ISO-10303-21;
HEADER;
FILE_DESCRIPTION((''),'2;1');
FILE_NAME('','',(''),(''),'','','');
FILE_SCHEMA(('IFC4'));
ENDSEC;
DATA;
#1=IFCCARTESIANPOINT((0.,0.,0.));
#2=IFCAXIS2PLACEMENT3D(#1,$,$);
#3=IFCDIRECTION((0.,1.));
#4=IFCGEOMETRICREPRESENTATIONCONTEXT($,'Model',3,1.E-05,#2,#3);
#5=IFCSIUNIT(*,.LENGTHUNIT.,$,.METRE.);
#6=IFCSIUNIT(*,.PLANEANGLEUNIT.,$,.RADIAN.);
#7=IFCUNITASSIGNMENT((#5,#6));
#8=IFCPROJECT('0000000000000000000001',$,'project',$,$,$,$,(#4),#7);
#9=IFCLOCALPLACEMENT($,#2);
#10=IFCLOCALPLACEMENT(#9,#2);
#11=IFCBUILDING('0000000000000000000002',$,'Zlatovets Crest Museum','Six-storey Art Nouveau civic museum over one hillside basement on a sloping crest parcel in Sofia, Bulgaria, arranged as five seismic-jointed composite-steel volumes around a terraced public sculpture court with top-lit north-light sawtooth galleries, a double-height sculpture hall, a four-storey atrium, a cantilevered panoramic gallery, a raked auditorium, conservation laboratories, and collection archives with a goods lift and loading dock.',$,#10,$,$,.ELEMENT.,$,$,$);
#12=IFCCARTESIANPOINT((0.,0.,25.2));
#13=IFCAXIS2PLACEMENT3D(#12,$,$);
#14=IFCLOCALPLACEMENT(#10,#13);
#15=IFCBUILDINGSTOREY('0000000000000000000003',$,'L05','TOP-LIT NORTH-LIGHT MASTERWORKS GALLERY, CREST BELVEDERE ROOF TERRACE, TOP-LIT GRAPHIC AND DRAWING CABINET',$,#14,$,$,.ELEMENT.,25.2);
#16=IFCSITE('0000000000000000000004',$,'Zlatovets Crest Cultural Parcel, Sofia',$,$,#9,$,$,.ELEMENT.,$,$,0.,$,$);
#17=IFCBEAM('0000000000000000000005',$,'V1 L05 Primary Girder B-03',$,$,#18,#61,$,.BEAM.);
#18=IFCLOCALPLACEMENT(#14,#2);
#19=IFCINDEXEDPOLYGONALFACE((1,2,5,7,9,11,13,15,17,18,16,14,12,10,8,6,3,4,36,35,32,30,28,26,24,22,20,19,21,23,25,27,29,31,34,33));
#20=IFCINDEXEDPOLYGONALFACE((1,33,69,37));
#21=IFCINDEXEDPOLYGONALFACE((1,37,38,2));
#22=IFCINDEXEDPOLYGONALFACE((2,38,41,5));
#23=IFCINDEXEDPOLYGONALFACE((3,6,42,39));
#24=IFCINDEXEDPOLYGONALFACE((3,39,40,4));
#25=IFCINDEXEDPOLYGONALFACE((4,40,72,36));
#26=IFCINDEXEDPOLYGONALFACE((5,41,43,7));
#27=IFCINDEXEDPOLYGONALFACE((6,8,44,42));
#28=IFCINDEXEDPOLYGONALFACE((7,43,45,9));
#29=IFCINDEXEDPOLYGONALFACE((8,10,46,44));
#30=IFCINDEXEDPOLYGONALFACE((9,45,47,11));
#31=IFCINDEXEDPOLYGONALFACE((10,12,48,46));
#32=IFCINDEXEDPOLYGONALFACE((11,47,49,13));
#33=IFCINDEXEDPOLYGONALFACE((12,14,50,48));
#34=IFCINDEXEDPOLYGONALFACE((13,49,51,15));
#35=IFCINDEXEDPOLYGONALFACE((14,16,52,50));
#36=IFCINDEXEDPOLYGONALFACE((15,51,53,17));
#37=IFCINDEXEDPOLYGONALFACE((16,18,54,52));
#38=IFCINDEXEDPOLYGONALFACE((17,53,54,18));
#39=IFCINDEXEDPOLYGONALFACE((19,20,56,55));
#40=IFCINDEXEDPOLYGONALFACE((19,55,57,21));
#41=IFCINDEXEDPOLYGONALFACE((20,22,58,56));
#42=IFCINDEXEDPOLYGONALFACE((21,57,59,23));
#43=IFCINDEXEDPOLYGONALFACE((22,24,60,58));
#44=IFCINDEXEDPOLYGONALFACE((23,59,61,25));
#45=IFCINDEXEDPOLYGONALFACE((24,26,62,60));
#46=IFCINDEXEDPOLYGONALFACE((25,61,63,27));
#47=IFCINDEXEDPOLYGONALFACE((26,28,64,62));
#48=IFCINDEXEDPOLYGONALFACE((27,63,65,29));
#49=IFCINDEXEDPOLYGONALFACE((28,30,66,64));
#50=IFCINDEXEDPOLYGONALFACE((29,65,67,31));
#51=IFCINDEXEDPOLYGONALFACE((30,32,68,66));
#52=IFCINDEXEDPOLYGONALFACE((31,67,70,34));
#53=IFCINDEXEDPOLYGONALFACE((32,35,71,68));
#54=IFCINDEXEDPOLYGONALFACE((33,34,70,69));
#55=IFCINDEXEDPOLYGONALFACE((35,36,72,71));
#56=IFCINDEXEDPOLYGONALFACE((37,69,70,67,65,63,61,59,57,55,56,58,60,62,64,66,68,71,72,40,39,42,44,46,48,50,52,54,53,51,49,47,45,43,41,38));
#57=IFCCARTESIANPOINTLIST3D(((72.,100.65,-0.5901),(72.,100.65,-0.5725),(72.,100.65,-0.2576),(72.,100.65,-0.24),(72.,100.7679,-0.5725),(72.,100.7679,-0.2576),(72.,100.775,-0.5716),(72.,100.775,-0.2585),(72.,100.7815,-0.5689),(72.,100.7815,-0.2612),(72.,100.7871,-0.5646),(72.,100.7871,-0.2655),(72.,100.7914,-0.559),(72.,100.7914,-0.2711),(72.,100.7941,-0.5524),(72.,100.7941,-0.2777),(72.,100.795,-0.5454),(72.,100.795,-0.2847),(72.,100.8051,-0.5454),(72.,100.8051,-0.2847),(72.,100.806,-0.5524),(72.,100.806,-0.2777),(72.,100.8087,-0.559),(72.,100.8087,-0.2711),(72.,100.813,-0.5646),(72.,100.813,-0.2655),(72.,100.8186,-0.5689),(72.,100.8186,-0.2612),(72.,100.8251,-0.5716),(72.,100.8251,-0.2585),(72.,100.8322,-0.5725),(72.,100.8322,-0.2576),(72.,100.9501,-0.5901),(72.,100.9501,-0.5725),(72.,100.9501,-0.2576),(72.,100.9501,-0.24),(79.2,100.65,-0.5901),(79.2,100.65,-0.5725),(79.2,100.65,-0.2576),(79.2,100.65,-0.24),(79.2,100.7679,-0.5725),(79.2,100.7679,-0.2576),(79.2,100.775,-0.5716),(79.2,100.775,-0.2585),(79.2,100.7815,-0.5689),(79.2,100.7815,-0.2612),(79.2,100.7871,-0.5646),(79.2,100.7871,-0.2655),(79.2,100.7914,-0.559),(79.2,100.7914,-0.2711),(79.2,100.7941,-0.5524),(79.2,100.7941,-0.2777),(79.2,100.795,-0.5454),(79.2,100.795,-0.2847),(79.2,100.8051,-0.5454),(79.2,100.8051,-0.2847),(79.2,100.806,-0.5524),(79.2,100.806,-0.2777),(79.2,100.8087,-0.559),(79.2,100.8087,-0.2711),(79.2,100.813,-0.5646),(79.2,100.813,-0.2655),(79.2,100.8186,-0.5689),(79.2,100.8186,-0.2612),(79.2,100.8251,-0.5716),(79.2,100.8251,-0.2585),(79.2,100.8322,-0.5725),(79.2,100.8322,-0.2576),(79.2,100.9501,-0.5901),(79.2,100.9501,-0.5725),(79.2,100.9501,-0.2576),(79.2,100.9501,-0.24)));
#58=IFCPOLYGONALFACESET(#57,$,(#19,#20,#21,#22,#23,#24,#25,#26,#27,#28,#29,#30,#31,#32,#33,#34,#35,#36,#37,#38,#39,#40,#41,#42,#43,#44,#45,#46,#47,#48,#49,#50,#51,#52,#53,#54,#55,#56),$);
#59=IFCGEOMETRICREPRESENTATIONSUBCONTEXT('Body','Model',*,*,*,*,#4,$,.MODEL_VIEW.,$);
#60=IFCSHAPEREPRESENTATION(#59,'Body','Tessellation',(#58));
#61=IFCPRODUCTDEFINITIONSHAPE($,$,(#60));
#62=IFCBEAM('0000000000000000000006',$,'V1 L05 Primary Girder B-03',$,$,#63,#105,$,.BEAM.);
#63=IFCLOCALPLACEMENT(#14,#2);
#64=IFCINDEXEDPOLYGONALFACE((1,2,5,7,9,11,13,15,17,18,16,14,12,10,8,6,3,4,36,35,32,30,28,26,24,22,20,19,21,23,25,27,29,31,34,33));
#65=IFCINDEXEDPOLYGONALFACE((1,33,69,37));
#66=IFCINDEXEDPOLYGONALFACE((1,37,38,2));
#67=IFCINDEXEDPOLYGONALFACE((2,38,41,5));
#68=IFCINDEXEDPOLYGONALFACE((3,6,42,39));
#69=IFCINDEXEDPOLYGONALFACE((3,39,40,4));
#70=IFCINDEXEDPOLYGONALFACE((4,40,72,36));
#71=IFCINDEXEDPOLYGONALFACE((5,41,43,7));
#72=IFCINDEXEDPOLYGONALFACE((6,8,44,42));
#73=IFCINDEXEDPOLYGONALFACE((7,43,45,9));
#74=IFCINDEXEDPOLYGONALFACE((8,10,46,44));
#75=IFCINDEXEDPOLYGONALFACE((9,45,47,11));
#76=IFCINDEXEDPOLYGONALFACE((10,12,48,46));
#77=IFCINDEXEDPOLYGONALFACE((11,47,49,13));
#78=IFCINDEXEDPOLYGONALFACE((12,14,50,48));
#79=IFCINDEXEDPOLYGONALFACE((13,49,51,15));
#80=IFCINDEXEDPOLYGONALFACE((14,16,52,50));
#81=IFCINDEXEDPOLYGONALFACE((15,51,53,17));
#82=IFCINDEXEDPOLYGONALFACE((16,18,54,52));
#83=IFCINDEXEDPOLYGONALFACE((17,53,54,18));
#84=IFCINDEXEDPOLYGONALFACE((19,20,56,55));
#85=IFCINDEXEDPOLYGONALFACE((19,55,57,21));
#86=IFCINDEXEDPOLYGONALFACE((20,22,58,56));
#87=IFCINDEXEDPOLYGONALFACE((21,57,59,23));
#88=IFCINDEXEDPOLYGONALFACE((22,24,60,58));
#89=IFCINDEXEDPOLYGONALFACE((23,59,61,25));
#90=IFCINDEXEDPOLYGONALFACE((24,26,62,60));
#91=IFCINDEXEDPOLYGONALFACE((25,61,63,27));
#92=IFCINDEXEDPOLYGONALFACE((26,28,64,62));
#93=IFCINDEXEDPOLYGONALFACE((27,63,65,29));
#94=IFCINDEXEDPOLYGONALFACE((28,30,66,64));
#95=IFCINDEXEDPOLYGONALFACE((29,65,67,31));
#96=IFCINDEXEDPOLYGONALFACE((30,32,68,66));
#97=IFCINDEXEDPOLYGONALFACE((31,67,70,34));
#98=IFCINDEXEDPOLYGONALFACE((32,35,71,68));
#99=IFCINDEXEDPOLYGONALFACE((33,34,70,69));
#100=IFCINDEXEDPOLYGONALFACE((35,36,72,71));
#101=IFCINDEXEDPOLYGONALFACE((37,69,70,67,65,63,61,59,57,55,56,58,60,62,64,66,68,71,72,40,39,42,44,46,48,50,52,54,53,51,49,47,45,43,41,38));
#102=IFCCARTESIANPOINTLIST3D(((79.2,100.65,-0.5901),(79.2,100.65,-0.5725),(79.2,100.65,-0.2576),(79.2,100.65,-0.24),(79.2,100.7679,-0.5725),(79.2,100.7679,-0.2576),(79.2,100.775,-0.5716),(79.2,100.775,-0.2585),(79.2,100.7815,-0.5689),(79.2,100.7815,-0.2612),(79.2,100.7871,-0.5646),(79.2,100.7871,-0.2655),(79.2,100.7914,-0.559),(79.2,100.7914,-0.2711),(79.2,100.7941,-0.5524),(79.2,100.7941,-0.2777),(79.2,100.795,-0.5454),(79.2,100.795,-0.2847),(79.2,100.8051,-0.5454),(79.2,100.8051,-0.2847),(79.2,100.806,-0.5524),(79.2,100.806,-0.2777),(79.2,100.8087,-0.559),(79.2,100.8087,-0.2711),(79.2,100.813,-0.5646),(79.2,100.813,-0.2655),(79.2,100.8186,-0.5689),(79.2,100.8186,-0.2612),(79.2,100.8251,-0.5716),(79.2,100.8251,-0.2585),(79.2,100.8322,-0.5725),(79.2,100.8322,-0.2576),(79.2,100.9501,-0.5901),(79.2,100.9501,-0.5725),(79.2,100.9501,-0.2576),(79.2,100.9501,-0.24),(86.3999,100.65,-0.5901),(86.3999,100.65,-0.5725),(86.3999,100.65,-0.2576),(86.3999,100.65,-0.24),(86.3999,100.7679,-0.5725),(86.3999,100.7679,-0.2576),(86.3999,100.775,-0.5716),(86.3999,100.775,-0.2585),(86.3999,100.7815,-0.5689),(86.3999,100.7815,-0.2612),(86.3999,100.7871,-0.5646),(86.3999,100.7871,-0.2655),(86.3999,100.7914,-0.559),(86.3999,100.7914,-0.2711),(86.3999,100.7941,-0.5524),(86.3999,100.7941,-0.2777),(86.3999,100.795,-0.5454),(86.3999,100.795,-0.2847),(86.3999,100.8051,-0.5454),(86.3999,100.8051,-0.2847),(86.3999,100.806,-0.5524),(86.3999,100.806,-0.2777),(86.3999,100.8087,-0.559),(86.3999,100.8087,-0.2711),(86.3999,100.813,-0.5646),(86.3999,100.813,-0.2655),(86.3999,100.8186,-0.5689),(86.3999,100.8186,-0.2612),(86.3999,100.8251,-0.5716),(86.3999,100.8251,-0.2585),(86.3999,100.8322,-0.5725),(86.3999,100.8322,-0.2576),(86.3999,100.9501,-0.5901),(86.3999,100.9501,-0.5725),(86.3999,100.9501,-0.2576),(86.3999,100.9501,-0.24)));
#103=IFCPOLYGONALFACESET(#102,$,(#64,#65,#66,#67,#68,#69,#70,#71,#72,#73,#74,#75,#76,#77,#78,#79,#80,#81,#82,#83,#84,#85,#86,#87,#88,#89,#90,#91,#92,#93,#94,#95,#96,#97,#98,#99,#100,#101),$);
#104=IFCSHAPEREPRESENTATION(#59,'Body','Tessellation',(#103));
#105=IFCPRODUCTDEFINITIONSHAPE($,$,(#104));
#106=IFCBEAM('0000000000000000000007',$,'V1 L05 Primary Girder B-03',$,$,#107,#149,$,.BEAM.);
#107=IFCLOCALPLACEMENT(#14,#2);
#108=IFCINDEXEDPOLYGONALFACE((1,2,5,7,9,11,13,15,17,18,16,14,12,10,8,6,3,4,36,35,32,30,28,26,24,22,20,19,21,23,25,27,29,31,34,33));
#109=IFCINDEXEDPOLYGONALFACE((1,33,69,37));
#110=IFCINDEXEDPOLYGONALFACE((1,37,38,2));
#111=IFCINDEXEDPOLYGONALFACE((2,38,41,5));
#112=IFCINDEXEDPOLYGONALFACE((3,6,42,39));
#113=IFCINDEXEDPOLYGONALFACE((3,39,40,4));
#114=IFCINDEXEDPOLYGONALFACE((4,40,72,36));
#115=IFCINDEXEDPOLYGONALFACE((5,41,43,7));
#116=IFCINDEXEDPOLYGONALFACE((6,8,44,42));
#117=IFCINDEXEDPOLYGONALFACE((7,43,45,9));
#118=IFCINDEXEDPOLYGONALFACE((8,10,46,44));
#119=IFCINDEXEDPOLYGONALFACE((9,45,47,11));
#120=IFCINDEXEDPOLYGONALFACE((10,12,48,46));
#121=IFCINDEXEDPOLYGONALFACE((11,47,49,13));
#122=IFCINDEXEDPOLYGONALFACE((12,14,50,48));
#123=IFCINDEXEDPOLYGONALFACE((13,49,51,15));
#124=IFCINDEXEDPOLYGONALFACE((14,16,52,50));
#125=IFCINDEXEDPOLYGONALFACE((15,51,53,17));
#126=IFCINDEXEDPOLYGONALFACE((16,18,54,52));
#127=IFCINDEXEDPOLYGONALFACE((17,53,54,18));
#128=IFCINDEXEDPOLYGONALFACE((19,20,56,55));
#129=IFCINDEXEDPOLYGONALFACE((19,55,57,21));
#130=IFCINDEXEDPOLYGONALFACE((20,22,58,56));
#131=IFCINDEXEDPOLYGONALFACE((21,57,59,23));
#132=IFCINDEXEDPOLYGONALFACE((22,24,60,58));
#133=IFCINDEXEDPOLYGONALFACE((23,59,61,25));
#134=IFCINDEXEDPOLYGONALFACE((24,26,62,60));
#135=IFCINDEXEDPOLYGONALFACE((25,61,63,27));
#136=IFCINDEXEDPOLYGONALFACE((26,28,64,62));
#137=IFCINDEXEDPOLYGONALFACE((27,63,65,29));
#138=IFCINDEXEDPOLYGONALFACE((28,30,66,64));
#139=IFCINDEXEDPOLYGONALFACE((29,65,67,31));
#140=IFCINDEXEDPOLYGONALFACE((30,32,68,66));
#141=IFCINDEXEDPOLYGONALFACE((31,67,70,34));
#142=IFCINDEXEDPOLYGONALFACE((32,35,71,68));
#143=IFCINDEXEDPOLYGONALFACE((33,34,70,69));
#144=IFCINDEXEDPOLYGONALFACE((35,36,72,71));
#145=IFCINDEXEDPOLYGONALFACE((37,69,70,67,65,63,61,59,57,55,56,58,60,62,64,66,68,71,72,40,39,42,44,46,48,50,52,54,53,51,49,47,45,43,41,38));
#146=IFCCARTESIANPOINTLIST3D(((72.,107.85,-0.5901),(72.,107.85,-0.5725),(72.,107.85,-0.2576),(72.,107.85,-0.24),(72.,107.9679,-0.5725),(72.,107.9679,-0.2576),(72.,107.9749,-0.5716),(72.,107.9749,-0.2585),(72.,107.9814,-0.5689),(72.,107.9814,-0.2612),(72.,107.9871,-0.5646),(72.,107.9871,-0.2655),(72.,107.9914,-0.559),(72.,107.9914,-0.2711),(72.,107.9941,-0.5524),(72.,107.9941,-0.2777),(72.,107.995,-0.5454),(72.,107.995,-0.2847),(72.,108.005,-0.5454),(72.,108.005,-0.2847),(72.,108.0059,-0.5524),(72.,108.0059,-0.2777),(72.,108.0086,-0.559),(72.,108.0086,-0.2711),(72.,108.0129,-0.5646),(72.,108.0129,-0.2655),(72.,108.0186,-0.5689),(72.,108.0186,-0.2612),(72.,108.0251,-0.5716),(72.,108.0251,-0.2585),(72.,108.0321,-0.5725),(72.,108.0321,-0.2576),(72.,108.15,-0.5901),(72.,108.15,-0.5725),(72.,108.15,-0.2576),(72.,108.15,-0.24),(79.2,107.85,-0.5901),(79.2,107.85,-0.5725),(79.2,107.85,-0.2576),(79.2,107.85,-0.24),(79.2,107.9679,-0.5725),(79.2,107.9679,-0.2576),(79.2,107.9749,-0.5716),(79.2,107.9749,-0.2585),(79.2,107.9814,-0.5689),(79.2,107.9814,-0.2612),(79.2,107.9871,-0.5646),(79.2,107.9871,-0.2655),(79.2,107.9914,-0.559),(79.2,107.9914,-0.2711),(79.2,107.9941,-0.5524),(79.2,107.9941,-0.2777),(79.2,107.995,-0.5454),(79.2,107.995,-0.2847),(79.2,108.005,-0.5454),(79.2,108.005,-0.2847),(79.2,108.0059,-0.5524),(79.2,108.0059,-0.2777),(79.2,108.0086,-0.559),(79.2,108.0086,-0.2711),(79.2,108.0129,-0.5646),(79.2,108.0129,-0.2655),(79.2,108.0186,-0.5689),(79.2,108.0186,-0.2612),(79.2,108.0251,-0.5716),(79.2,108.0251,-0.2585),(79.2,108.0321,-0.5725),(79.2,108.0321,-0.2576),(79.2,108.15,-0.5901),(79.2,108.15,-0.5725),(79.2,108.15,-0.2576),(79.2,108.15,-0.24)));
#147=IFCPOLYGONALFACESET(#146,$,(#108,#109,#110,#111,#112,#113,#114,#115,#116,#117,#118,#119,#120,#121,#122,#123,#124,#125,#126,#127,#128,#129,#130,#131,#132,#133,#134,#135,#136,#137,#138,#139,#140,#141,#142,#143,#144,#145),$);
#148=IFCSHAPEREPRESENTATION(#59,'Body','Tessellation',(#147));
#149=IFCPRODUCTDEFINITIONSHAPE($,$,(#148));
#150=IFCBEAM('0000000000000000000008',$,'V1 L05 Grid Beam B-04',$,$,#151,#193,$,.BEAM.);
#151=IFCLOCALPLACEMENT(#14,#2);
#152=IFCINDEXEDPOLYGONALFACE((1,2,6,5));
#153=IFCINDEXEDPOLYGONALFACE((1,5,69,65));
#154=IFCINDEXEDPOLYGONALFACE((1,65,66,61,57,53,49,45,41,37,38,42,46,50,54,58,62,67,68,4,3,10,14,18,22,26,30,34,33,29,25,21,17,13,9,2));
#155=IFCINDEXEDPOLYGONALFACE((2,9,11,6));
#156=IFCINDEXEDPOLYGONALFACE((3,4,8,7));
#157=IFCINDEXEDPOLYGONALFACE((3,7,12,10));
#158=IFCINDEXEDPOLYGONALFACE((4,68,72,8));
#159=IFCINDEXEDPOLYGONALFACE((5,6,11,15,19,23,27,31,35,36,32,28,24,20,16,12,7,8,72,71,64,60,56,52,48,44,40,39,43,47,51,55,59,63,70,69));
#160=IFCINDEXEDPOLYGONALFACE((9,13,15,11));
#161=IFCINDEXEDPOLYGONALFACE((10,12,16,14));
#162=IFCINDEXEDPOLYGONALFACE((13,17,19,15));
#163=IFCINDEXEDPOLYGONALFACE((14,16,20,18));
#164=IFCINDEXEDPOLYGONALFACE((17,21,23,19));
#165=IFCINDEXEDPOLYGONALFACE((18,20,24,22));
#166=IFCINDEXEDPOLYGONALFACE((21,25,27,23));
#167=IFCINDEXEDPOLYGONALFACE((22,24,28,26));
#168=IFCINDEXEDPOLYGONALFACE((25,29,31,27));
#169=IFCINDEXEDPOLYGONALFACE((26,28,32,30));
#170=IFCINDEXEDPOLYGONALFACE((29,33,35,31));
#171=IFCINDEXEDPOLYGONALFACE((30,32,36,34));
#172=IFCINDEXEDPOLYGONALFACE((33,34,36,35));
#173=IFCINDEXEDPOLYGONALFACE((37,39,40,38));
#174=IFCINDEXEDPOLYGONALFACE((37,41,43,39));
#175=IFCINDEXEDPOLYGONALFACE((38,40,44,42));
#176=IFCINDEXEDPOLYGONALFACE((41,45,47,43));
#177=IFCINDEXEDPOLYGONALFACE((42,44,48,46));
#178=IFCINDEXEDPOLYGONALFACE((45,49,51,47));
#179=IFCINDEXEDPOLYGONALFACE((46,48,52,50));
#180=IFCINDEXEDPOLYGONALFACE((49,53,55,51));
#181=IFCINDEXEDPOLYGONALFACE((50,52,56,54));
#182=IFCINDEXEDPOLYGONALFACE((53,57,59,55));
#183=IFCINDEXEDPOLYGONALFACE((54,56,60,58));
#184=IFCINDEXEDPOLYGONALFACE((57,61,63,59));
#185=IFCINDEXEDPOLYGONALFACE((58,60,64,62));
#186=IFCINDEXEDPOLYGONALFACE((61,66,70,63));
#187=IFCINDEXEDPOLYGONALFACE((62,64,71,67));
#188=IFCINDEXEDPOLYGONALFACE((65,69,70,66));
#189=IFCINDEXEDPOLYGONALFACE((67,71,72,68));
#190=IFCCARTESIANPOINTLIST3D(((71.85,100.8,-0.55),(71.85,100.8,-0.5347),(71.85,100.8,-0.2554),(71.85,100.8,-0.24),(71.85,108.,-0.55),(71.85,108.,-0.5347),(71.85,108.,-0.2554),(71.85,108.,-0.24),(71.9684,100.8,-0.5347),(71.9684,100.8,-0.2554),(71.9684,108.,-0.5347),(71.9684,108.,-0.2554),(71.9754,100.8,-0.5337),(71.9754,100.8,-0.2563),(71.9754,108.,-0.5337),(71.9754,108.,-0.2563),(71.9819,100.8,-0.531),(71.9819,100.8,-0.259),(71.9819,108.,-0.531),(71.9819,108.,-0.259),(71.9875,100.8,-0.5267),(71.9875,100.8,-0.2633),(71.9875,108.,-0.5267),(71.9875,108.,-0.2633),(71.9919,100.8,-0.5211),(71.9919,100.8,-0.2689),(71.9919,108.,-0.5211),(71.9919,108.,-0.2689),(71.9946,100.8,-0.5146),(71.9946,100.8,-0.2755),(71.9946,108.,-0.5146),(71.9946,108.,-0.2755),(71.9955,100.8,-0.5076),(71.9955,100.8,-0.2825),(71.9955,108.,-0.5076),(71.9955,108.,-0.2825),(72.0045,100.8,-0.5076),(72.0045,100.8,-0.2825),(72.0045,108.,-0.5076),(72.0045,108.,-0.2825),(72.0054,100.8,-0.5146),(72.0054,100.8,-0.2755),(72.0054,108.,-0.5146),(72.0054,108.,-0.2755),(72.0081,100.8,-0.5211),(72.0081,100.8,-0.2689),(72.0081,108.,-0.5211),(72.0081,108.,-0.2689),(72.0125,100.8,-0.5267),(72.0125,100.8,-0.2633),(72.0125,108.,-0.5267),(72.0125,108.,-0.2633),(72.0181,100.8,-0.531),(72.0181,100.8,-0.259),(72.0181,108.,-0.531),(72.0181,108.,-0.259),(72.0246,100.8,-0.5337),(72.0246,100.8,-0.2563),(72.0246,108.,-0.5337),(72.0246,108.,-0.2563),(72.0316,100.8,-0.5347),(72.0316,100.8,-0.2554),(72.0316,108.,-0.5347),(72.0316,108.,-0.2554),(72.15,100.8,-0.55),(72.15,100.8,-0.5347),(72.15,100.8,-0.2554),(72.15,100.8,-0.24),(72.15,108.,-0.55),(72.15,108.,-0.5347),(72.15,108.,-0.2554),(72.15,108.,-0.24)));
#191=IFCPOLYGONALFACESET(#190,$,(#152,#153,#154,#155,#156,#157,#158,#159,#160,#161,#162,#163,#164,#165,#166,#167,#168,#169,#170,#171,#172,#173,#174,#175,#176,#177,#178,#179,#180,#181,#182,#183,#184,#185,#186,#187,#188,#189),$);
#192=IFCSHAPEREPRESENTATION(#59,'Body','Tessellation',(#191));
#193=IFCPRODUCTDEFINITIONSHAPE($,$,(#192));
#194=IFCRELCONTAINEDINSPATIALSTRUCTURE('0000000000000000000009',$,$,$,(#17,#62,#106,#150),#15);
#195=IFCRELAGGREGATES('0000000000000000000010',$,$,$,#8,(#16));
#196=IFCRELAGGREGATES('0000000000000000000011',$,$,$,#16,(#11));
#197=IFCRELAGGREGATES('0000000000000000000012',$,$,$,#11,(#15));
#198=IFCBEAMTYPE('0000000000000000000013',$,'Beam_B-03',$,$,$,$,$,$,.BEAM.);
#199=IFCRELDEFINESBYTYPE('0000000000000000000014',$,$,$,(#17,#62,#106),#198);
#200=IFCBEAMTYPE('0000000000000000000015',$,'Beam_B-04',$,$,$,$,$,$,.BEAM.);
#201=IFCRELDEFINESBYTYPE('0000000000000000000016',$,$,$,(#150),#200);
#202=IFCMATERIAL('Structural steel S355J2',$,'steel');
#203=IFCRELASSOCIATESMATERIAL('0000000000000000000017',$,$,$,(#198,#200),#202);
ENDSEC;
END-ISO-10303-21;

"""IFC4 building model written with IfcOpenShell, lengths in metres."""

from ifc_helpers import new_model, si_unit, direction, frame, origin, origin_2d, place, context, subcontext, project, spatial, i_section, extrude, material, material_profile, profile_set, type_object, element, save


model = new_model("IFC4")

# Units and contexts
model_context = context("Model", 3, precision=1e-05, world=origin(), true_north=direction((0.0, 1.0)))
body_context = subcontext(model_context, "Body", "Model", "MODEL_VIEW")
ifc_project = project(units=[si_unit("LENGTHUNIT", "METRE"), si_unit("PLANEANGLEUNIT", "RADIAN")], contexts=[model_context])

# Site, building, storey
site_placement = place(None, origin())
site = spatial("IfcSite", under=ifc_project, at=site_placement, Name="Zlatovets Crest Cultural Parcel, Sofia", CompositionType="ELEMENT", RefElevation=0.0)
building_placement = place(site_placement, origin())
building = spatial("IfcBuilding", under=site, at=building_placement, Name="Zlatovets Crest Museum", Description="Six-storey Art Nouveau civic museum over one hillside basement on a sloping crest parcel in Sofia, Bulgaria, arranged as five seismic-jointed composite-steel volumes around a terraced public sculpture court with top-lit north-light sawtooth galleries, a double-height sculpture hall, a four-storey atrium, a cantilevered panoramic gallery, a raked auditorium, conservation laboratories, and collection archives with a goods lift and loading dock.", CompositionType="ELEMENT")
storey_placement = place(building_placement, frame((0.0, 0.0, 25.2)))
storey = spatial("IfcBuildingStorey", under=building, at=storey_placement, Name="L05", Description="TOP-LIT NORTH-LIGHT MASTERWORKS GALLERY, CREST BELVEDERE ROOF TERRACE, TOP-LIT GRAPHIC AND DRAWING CABINET", CompositionType="ELEMENT", Elevation=25.2)

# Beams
ifc_material_1 = material(Name="Structural steel S355J2", Category="steel")
ifc_material_profile_1 = material_profile(ifc_material_1, i_section(OverallWidth=0.3, OverallDepth=0.3501, WebThickness=0.01, FlangeThickness=0.0176, FilletRadius=0.0271, at=origin_2d()), Name="HEA 360")
ifc_profile_set_1 = profile_set([ifc_material_profile_1], Name="Structural steel S355J2")
beam_type_1 = type_object("IfcBeamType", Name="Beam_B-03", PredefinedType="BEAM", material=ifc_profile_set_1)
for number, where, z_axis, x_axis, name in (
    (1, (72.0, 100.8, -0.415), (1.0, 0.0, 0.0), (0.0, 1.0, 0.0), "V1 L05 Primary Girder B-03"),
    (2, (79.2, 100.8, -0.415), (1.0, 0.0, 0.0), (0.0, 1.0, 0.0), "V1 L05 Primary Girder B-03"),
    (3, (72.0, 108.0, -0.415), (1.0, 0.0, 0.0), (0.0, 1.0, 0.0), "V1 L05 Primary Girder B-03"),
):
    element("IfcBeam", number, at=place(storey_placement, frame(where, z_axis=z_axis, x_axis=x_axis)), inside=storey, type_object=beam_type_1, Name=name, PredefinedType="BEAM", context=body_context, shape_type="SweptSolid", body=[
        extrude(i_section(OverallWidth=0.3, OverallDepth=0.3501, WebThickness=0.01, FlangeThickness=0.0176, FilletRadius=0.0271, at=origin_2d()), origin(), (0.0, 0.0, 1.0), 7.2),
    ])
ifc_material_profile_2 = material_profile(ifc_material_1, i_section(OverallWidth=0.3, OverallDepth=0.3101, WebThickness=0.009, FlangeThickness=0.0154, FilletRadius=0.0271, at=origin_2d()), Name="HEA 320")
ifc_profile_set_2 = profile_set([ifc_material_profile_2], Name="Structural steel S355J2")
beam_type_2 = type_object("IfcBeamType", Name="Beam_B-04", PredefinedType="BEAM", material=ifc_profile_set_2)
for number, where, z_axis, x_axis, name in (
    (4, (72.0, 100.8, -0.395), (0.0, 1.0, 0.0), (-1.0, 0.0, 0.0), "V1 L05 Grid Beam B-04"),
):
    element("IfcBeam", number, at=place(storey_placement, frame(where, z_axis=z_axis, x_axis=x_axis)), inside=storey, type_object=beam_type_2, Name=name, PredefinedType="BEAM", context=body_context, shape_type="SweptSolid", body=[
        extrude(i_section(OverallWidth=0.3, OverallDepth=0.3101, WebThickness=0.009, FlangeThickness=0.0154, FilletRadius=0.0271, at=origin_2d()), origin(), (0.0, 0.0, 1.0), 7.2),
    ])

save(model, "model.ifc")
